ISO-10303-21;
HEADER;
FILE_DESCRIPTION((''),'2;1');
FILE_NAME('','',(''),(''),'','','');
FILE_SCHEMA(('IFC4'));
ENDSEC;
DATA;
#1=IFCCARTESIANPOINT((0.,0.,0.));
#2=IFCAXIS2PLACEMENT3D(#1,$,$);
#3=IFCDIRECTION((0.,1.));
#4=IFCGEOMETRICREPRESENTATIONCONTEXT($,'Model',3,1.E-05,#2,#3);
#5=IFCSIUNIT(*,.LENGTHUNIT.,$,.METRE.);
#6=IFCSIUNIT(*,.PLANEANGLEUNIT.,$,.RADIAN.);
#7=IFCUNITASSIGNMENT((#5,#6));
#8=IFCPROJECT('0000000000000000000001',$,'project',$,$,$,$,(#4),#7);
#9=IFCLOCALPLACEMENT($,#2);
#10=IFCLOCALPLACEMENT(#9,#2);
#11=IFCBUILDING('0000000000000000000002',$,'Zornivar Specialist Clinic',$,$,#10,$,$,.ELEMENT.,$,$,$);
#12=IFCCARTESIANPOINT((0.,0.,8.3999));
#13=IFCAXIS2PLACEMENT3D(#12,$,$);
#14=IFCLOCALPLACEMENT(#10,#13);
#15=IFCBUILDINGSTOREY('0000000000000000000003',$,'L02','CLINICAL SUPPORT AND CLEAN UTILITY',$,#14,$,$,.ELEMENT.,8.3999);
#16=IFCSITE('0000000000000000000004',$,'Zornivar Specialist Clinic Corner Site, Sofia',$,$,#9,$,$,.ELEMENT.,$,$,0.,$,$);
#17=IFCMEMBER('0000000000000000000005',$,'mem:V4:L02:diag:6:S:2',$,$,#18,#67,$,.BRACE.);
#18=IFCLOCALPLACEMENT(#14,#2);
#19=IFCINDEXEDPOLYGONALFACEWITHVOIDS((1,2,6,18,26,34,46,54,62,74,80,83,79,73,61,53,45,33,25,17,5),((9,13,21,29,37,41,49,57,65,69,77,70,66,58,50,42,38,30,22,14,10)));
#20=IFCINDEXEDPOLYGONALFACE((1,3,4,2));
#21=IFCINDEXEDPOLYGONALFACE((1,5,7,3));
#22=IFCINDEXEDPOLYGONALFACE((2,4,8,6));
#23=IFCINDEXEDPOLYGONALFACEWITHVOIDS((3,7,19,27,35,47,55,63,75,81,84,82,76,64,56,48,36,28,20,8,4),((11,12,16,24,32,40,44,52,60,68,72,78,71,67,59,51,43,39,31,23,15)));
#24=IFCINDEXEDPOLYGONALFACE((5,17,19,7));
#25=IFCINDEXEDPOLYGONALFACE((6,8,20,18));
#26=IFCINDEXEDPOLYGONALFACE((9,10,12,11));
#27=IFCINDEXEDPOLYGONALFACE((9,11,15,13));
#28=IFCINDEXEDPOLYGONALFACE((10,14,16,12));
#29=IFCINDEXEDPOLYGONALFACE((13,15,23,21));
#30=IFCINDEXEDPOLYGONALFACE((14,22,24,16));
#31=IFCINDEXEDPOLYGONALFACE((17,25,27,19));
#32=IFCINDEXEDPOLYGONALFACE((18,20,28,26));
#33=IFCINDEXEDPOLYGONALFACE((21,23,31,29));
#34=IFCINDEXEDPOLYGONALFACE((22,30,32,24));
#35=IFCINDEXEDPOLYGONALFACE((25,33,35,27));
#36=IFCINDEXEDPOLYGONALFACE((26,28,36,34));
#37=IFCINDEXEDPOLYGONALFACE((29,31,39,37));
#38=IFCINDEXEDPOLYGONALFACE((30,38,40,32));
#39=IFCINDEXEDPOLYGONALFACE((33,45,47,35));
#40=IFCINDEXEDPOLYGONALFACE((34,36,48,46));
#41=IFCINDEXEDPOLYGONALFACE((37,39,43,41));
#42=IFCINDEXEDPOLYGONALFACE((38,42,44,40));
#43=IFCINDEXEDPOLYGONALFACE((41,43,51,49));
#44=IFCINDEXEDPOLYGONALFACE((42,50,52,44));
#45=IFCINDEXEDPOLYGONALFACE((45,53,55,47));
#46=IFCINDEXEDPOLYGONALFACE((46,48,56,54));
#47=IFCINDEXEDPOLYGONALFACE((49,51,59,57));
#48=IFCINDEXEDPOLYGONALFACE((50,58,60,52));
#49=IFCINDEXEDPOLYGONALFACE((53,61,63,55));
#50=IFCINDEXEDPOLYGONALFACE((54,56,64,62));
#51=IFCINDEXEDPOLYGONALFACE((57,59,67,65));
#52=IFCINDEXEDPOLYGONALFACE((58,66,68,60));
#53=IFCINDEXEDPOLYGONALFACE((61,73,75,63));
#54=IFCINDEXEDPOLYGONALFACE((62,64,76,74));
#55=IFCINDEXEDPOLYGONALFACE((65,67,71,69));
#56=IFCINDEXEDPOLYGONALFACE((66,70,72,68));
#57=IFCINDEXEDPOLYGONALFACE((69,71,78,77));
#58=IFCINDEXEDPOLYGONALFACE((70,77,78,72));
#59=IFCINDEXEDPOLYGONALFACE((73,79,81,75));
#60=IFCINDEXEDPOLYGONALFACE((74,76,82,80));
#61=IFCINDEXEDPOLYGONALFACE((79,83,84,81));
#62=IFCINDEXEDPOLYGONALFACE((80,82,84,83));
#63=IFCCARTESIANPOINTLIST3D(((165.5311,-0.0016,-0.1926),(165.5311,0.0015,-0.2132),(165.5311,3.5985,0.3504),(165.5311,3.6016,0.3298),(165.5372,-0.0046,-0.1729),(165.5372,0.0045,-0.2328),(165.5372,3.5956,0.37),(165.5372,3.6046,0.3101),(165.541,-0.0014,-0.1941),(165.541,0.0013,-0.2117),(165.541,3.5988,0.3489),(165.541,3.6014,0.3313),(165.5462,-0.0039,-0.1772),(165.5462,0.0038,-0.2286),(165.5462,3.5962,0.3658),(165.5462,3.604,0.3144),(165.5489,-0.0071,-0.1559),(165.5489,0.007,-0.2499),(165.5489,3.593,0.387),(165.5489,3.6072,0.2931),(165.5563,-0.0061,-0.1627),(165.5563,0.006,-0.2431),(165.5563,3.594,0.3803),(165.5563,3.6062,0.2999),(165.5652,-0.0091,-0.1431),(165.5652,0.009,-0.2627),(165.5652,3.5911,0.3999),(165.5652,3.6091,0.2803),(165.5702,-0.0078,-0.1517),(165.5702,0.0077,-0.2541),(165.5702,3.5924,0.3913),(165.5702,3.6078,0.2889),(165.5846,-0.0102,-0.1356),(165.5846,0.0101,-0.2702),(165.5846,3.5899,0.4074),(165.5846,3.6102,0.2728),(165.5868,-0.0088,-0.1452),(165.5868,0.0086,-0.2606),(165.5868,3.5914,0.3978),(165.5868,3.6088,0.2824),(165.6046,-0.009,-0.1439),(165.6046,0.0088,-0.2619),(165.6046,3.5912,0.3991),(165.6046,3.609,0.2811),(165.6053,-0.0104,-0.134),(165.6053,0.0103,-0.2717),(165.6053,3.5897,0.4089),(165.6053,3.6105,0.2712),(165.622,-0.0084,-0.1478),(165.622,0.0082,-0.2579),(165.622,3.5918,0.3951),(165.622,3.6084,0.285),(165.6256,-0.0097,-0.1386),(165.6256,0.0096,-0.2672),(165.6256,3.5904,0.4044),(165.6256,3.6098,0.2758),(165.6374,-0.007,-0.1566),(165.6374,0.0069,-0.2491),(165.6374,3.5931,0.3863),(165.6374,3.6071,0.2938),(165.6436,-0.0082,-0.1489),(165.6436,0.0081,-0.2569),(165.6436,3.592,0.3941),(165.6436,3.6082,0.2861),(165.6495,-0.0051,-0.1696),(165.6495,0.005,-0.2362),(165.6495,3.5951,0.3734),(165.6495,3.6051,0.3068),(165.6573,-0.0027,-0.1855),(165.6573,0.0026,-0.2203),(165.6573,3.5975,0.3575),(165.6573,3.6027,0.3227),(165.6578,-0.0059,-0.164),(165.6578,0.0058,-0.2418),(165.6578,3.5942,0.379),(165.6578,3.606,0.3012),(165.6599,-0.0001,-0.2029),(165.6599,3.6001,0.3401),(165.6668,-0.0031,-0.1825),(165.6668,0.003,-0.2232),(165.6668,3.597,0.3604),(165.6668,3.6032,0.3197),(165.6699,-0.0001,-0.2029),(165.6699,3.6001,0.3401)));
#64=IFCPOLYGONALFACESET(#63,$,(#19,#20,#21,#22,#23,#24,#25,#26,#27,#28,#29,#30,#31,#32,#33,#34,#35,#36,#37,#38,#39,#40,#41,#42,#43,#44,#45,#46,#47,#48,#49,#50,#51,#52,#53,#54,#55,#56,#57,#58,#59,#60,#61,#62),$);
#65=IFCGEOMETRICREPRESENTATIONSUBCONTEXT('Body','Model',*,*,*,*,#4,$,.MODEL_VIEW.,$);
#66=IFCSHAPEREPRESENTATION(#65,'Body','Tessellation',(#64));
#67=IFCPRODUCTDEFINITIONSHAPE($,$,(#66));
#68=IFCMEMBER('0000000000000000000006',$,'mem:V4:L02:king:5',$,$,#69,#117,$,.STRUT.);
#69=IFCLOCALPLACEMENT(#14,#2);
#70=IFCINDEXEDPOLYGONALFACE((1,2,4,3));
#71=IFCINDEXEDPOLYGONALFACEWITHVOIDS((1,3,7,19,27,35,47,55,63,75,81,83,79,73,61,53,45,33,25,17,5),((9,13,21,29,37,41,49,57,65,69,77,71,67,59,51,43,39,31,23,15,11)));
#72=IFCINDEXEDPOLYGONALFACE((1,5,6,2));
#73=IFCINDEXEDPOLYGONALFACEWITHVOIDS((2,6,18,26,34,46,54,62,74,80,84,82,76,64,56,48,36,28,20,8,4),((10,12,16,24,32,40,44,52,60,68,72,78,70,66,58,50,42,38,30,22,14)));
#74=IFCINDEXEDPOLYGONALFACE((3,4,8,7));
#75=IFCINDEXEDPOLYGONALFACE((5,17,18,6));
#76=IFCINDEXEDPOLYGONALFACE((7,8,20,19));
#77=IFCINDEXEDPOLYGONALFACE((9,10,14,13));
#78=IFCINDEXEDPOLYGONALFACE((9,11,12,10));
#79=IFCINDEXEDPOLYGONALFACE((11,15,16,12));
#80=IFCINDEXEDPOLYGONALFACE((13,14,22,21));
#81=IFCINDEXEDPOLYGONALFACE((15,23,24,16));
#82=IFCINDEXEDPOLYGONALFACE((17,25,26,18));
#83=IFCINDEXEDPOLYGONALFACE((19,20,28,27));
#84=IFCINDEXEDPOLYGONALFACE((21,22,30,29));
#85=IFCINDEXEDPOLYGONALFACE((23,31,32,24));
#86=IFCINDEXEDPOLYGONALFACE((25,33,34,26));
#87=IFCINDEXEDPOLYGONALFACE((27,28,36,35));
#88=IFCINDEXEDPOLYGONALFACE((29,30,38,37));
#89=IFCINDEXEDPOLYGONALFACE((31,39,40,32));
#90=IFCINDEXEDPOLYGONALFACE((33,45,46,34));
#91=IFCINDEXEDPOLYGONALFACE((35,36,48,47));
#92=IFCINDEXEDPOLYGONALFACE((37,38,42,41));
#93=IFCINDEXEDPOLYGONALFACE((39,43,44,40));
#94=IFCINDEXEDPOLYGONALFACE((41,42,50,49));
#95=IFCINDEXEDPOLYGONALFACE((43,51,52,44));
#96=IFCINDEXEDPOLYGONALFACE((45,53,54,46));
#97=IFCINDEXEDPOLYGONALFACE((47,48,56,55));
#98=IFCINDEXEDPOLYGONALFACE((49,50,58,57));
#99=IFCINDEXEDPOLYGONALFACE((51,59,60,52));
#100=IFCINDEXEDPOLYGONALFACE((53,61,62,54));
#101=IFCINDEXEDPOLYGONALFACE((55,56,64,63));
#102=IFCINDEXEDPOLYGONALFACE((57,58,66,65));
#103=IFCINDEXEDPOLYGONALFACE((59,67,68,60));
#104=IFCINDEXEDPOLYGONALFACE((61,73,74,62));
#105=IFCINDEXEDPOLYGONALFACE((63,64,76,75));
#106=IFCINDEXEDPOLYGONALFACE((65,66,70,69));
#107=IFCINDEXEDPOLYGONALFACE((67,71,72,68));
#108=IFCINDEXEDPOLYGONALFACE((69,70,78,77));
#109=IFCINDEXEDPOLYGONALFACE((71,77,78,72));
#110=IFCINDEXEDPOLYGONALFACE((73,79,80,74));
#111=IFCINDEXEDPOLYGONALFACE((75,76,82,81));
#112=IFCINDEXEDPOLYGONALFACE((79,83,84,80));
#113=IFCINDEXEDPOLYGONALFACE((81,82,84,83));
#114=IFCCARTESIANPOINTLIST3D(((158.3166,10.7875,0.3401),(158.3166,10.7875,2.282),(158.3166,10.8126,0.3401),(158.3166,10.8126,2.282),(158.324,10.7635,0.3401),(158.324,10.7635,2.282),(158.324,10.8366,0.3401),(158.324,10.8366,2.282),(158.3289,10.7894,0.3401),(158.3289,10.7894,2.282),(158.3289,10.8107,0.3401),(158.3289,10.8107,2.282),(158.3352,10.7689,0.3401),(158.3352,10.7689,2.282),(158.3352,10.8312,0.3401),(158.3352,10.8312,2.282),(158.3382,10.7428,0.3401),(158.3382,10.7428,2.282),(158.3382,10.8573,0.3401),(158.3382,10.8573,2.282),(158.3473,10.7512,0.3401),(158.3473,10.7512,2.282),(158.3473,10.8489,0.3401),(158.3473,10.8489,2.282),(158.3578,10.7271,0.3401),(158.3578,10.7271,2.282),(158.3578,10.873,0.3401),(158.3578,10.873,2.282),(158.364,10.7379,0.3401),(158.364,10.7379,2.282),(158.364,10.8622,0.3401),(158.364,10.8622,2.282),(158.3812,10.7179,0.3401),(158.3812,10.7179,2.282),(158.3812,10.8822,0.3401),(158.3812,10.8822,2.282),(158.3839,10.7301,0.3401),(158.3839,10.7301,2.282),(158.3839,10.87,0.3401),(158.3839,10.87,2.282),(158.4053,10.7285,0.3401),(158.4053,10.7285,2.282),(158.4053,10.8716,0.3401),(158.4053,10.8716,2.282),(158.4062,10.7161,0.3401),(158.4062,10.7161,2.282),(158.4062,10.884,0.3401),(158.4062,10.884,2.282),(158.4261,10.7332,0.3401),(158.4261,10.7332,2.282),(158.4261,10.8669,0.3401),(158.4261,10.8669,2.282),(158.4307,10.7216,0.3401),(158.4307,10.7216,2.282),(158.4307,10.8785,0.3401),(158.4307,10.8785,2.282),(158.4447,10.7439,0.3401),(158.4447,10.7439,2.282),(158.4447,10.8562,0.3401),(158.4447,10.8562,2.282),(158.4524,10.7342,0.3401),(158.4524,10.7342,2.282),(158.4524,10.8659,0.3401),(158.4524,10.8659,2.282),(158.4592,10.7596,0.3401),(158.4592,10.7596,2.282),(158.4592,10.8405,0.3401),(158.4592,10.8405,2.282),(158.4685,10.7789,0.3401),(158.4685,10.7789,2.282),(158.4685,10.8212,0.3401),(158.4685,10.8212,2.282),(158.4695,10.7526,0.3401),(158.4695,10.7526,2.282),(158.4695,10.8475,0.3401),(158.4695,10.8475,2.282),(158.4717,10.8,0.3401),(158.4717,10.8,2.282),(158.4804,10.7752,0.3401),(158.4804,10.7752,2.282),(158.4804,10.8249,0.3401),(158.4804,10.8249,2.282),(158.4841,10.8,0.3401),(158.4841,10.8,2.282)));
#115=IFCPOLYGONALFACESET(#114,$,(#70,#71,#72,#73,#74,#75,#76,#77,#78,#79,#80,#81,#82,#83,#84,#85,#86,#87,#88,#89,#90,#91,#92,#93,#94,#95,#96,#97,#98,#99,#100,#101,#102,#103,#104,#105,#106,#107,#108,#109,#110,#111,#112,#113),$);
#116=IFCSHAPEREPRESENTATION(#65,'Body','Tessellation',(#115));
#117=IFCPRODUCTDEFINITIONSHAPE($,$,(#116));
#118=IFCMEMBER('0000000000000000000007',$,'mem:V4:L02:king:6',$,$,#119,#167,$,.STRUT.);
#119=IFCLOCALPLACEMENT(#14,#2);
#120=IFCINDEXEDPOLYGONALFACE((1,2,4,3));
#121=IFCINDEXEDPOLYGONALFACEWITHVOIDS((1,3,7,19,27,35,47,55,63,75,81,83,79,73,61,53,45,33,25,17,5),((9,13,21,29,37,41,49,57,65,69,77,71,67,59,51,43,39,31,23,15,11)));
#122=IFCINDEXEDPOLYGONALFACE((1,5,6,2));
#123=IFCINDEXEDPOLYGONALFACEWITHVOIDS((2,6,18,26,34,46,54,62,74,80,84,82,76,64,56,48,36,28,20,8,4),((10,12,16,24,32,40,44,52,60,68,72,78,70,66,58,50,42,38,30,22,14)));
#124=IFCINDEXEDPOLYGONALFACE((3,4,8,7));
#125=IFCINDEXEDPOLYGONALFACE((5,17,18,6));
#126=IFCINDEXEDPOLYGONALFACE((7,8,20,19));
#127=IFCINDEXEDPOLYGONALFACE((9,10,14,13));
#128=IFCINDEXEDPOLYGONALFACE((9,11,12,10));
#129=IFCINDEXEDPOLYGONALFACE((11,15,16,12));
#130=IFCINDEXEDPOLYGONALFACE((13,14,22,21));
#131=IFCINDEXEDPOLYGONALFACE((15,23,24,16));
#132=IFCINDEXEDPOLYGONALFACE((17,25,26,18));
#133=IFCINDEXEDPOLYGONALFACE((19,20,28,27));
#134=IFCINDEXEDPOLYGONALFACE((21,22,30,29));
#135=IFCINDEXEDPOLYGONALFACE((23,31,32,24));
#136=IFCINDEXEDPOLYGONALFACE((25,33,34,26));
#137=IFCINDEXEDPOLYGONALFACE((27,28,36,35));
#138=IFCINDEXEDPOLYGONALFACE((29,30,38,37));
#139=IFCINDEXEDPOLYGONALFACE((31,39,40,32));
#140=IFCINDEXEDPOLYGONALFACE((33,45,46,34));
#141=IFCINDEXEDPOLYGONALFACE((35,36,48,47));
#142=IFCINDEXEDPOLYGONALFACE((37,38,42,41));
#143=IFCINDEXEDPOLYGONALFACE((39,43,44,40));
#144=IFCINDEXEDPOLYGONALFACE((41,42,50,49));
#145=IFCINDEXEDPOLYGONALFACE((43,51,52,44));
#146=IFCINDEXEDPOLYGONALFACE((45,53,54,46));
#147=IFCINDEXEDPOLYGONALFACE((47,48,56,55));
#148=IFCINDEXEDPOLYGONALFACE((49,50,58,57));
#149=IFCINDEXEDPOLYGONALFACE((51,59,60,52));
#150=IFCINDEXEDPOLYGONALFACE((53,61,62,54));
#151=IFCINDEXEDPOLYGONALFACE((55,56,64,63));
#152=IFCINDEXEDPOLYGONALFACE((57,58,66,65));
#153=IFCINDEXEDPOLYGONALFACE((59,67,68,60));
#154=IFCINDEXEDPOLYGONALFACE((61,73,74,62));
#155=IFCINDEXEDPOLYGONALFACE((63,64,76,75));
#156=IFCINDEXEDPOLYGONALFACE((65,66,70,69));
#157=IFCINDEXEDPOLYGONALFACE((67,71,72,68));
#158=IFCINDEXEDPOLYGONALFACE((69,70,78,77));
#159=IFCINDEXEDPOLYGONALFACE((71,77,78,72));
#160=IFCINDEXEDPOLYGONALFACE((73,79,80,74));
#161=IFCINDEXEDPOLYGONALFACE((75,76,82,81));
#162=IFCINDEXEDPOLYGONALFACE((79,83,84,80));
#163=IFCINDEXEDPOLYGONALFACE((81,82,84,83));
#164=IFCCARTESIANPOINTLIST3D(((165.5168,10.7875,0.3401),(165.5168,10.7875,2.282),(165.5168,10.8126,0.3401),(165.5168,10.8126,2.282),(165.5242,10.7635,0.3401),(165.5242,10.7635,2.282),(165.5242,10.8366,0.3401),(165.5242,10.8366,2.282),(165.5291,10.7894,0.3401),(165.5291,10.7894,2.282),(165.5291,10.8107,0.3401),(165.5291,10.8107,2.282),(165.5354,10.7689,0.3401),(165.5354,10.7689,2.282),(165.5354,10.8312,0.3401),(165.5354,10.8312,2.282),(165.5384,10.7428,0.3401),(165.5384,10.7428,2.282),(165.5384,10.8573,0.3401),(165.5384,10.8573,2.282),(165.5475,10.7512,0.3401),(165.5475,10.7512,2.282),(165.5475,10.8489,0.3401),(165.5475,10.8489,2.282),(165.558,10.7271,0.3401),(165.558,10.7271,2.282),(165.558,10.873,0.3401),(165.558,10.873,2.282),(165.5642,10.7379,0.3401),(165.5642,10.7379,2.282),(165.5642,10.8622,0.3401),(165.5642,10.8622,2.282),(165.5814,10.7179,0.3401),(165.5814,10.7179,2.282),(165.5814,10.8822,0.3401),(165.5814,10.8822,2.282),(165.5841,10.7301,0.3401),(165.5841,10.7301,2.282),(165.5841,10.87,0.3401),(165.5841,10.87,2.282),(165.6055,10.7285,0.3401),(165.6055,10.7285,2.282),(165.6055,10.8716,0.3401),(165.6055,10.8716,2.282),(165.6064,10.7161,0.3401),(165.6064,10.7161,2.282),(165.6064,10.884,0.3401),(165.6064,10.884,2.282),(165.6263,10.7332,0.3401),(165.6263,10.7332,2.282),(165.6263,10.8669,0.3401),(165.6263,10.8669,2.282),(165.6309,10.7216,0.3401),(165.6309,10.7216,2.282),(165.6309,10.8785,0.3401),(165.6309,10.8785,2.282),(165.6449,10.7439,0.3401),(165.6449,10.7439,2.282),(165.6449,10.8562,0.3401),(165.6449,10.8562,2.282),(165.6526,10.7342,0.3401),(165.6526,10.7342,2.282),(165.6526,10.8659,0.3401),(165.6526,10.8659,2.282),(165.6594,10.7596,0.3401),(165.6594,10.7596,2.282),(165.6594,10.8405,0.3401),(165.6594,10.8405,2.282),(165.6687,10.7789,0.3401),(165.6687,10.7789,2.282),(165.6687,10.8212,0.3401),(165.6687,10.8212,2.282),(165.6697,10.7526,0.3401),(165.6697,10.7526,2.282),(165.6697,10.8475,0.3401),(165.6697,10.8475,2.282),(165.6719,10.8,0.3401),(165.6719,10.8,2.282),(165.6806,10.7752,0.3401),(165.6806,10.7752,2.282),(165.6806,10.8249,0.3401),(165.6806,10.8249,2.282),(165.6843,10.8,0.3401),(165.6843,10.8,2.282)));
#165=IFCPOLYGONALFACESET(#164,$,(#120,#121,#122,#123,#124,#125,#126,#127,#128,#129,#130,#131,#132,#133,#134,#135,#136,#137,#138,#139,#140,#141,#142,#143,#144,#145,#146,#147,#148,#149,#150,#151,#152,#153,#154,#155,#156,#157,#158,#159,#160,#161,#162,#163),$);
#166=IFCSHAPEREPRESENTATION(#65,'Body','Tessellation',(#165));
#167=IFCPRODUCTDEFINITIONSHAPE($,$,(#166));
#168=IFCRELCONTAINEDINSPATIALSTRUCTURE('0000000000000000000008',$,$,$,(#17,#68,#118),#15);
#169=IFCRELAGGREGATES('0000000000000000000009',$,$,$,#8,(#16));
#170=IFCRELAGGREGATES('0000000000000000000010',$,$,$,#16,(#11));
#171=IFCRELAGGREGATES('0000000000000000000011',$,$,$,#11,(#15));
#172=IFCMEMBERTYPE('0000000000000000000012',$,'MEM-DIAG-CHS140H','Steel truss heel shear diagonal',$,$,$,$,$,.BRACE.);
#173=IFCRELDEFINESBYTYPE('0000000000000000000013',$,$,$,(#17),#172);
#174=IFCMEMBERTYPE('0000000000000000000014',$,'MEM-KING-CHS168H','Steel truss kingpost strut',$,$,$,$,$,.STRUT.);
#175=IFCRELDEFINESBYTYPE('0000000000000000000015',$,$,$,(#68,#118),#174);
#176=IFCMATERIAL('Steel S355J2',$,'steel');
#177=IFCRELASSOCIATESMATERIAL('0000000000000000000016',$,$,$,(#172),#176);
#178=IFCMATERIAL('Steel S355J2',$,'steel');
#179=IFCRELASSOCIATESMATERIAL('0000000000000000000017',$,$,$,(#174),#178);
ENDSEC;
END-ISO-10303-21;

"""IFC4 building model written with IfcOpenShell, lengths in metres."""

from ifc_helpers import new_model, si_unit, direction, frame, origin, origin_2d, place, context, subcontext, project, spatial, hollow_circle, extrude, material, material_profile, profile_set, type_object, element, save


model = new_model("IFC4")

# Units and contexts
model_context = context("Model", 3, precision=1e-05, world=origin(), true_north=direction((0.0, 1.0)))
body_context = subcontext(model_context, "Body", "Model", "MODEL_VIEW")
ifc_project = project(units=[si_unit("LENGTHUNIT", "METRE"), si_unit("PLANEANGLEUNIT", "RADIAN")], contexts=[model_context])

# Site, building, storey
site_placement = place(None, origin())
site = spatial("IfcSite", under=ifc_project, at=site_placement, Name="Zornivar Specialist Clinic Corner Site, Sofia", CompositionType="ELEMENT", RefElevation=0.0)
building_placement = place(site_placement, origin())
building = spatial("IfcBuilding", under=site, at=building_placement, Name="Zornivar Specialist Clinic", CompositionType="ELEMENT")
storey_placement = place(building_placement, frame((0.0, 0.0, 8.3999)))
storey = spatial("IfcBuildingStorey", under=building, at=storey_placement, Name="L02", Description="CLINICAL SUPPORT AND CLEAN UTILITY", CompositionType="ELEMENT", Elevation=8.3999)

# Members
ifc_material_1 = material(Name="Steel S355J2", Category="steel")
ifc_material_profile_1 = material_profile(ifc_material_1, hollow_circle(Radius=0.0698, WallThickness=0.01, at=origin_2d()), Name="CHS 139.7x10")
ifc_profile_set_1 = profile_set([ifc_material_profile_1], Name="Steel S355J2")
member_type_1 = type_object("IfcMemberType", Name="MEM-DIAG-CHS140H", Description="Steel truss heel shear diagonal", PredefinedType="BRACE", material=ifc_profile_set_1)
member_1_placement = place(storey_placement, frame((165.6001, 3.6001, 0.3401), z_axis=(0.0, -0.988817, -0.149134), x_axis=(1.0, 0.0, 0.0)))
element("IfcMember", 1, at=member_1_placement, inside=storey, type_object=member_type_1, Name="mem:V4:L02:diag:6:S:2", PredefinedType="BRACE", context=body_context, shape_type="SweptSolid", body=[
    extrude(hollow_circle(Radius=0.0698, WallThickness=0.01, at=origin_2d()), origin(), (0.0, 0.0, 1.0), 3.6409),
])
ifc_material_2 = material(Name="Steel S355J2", Category="steel")
ifc_material_profile_2 = material_profile(ifc_material_2, hollow_circle(Radius=0.0842, WallThickness=0.0125, at=origin_2d()), Name="CHS 168.3x12.5")
ifc_profile_set_2 = profile_set([ifc_material_profile_2], Name="Steel S355J2")
member_type_2 = type_object("IfcMemberType", Name="MEM-KING-CHS168H", Description="Steel truss kingpost strut", PredefinedType="STRUT", material=ifc_profile_set_2)
for number, where, z_axis, x_axis, name in (
    (2, (158.3999, 10.8, 0.3401), (0.0, 0.0, 1.0), (1.0, 0.0, 0.0), "mem:V4:L02:king:5"),
    (3, (165.6001, 10.8, 0.3401), (0.0, 0.0, 1.0), (1.0, 0.0, 0.0), "mem:V4:L02:king:6"),
):
    element("IfcMember", number, at=place(storey_placement, frame(where, z_axis=z_axis, x_axis=x_axis)), inside=storey, type_object=member_type_2, Name=name, PredefinedType="STRUT", context=body_context, shape_type="SweptSolid", body=[
        extrude(hollow_circle(Radius=0.0842, WallThickness=0.0125, at=origin_2d()), origin(), (0.0, 0.0, 1.0), 1.9419),
    ])

save(model, "model.ifc")
